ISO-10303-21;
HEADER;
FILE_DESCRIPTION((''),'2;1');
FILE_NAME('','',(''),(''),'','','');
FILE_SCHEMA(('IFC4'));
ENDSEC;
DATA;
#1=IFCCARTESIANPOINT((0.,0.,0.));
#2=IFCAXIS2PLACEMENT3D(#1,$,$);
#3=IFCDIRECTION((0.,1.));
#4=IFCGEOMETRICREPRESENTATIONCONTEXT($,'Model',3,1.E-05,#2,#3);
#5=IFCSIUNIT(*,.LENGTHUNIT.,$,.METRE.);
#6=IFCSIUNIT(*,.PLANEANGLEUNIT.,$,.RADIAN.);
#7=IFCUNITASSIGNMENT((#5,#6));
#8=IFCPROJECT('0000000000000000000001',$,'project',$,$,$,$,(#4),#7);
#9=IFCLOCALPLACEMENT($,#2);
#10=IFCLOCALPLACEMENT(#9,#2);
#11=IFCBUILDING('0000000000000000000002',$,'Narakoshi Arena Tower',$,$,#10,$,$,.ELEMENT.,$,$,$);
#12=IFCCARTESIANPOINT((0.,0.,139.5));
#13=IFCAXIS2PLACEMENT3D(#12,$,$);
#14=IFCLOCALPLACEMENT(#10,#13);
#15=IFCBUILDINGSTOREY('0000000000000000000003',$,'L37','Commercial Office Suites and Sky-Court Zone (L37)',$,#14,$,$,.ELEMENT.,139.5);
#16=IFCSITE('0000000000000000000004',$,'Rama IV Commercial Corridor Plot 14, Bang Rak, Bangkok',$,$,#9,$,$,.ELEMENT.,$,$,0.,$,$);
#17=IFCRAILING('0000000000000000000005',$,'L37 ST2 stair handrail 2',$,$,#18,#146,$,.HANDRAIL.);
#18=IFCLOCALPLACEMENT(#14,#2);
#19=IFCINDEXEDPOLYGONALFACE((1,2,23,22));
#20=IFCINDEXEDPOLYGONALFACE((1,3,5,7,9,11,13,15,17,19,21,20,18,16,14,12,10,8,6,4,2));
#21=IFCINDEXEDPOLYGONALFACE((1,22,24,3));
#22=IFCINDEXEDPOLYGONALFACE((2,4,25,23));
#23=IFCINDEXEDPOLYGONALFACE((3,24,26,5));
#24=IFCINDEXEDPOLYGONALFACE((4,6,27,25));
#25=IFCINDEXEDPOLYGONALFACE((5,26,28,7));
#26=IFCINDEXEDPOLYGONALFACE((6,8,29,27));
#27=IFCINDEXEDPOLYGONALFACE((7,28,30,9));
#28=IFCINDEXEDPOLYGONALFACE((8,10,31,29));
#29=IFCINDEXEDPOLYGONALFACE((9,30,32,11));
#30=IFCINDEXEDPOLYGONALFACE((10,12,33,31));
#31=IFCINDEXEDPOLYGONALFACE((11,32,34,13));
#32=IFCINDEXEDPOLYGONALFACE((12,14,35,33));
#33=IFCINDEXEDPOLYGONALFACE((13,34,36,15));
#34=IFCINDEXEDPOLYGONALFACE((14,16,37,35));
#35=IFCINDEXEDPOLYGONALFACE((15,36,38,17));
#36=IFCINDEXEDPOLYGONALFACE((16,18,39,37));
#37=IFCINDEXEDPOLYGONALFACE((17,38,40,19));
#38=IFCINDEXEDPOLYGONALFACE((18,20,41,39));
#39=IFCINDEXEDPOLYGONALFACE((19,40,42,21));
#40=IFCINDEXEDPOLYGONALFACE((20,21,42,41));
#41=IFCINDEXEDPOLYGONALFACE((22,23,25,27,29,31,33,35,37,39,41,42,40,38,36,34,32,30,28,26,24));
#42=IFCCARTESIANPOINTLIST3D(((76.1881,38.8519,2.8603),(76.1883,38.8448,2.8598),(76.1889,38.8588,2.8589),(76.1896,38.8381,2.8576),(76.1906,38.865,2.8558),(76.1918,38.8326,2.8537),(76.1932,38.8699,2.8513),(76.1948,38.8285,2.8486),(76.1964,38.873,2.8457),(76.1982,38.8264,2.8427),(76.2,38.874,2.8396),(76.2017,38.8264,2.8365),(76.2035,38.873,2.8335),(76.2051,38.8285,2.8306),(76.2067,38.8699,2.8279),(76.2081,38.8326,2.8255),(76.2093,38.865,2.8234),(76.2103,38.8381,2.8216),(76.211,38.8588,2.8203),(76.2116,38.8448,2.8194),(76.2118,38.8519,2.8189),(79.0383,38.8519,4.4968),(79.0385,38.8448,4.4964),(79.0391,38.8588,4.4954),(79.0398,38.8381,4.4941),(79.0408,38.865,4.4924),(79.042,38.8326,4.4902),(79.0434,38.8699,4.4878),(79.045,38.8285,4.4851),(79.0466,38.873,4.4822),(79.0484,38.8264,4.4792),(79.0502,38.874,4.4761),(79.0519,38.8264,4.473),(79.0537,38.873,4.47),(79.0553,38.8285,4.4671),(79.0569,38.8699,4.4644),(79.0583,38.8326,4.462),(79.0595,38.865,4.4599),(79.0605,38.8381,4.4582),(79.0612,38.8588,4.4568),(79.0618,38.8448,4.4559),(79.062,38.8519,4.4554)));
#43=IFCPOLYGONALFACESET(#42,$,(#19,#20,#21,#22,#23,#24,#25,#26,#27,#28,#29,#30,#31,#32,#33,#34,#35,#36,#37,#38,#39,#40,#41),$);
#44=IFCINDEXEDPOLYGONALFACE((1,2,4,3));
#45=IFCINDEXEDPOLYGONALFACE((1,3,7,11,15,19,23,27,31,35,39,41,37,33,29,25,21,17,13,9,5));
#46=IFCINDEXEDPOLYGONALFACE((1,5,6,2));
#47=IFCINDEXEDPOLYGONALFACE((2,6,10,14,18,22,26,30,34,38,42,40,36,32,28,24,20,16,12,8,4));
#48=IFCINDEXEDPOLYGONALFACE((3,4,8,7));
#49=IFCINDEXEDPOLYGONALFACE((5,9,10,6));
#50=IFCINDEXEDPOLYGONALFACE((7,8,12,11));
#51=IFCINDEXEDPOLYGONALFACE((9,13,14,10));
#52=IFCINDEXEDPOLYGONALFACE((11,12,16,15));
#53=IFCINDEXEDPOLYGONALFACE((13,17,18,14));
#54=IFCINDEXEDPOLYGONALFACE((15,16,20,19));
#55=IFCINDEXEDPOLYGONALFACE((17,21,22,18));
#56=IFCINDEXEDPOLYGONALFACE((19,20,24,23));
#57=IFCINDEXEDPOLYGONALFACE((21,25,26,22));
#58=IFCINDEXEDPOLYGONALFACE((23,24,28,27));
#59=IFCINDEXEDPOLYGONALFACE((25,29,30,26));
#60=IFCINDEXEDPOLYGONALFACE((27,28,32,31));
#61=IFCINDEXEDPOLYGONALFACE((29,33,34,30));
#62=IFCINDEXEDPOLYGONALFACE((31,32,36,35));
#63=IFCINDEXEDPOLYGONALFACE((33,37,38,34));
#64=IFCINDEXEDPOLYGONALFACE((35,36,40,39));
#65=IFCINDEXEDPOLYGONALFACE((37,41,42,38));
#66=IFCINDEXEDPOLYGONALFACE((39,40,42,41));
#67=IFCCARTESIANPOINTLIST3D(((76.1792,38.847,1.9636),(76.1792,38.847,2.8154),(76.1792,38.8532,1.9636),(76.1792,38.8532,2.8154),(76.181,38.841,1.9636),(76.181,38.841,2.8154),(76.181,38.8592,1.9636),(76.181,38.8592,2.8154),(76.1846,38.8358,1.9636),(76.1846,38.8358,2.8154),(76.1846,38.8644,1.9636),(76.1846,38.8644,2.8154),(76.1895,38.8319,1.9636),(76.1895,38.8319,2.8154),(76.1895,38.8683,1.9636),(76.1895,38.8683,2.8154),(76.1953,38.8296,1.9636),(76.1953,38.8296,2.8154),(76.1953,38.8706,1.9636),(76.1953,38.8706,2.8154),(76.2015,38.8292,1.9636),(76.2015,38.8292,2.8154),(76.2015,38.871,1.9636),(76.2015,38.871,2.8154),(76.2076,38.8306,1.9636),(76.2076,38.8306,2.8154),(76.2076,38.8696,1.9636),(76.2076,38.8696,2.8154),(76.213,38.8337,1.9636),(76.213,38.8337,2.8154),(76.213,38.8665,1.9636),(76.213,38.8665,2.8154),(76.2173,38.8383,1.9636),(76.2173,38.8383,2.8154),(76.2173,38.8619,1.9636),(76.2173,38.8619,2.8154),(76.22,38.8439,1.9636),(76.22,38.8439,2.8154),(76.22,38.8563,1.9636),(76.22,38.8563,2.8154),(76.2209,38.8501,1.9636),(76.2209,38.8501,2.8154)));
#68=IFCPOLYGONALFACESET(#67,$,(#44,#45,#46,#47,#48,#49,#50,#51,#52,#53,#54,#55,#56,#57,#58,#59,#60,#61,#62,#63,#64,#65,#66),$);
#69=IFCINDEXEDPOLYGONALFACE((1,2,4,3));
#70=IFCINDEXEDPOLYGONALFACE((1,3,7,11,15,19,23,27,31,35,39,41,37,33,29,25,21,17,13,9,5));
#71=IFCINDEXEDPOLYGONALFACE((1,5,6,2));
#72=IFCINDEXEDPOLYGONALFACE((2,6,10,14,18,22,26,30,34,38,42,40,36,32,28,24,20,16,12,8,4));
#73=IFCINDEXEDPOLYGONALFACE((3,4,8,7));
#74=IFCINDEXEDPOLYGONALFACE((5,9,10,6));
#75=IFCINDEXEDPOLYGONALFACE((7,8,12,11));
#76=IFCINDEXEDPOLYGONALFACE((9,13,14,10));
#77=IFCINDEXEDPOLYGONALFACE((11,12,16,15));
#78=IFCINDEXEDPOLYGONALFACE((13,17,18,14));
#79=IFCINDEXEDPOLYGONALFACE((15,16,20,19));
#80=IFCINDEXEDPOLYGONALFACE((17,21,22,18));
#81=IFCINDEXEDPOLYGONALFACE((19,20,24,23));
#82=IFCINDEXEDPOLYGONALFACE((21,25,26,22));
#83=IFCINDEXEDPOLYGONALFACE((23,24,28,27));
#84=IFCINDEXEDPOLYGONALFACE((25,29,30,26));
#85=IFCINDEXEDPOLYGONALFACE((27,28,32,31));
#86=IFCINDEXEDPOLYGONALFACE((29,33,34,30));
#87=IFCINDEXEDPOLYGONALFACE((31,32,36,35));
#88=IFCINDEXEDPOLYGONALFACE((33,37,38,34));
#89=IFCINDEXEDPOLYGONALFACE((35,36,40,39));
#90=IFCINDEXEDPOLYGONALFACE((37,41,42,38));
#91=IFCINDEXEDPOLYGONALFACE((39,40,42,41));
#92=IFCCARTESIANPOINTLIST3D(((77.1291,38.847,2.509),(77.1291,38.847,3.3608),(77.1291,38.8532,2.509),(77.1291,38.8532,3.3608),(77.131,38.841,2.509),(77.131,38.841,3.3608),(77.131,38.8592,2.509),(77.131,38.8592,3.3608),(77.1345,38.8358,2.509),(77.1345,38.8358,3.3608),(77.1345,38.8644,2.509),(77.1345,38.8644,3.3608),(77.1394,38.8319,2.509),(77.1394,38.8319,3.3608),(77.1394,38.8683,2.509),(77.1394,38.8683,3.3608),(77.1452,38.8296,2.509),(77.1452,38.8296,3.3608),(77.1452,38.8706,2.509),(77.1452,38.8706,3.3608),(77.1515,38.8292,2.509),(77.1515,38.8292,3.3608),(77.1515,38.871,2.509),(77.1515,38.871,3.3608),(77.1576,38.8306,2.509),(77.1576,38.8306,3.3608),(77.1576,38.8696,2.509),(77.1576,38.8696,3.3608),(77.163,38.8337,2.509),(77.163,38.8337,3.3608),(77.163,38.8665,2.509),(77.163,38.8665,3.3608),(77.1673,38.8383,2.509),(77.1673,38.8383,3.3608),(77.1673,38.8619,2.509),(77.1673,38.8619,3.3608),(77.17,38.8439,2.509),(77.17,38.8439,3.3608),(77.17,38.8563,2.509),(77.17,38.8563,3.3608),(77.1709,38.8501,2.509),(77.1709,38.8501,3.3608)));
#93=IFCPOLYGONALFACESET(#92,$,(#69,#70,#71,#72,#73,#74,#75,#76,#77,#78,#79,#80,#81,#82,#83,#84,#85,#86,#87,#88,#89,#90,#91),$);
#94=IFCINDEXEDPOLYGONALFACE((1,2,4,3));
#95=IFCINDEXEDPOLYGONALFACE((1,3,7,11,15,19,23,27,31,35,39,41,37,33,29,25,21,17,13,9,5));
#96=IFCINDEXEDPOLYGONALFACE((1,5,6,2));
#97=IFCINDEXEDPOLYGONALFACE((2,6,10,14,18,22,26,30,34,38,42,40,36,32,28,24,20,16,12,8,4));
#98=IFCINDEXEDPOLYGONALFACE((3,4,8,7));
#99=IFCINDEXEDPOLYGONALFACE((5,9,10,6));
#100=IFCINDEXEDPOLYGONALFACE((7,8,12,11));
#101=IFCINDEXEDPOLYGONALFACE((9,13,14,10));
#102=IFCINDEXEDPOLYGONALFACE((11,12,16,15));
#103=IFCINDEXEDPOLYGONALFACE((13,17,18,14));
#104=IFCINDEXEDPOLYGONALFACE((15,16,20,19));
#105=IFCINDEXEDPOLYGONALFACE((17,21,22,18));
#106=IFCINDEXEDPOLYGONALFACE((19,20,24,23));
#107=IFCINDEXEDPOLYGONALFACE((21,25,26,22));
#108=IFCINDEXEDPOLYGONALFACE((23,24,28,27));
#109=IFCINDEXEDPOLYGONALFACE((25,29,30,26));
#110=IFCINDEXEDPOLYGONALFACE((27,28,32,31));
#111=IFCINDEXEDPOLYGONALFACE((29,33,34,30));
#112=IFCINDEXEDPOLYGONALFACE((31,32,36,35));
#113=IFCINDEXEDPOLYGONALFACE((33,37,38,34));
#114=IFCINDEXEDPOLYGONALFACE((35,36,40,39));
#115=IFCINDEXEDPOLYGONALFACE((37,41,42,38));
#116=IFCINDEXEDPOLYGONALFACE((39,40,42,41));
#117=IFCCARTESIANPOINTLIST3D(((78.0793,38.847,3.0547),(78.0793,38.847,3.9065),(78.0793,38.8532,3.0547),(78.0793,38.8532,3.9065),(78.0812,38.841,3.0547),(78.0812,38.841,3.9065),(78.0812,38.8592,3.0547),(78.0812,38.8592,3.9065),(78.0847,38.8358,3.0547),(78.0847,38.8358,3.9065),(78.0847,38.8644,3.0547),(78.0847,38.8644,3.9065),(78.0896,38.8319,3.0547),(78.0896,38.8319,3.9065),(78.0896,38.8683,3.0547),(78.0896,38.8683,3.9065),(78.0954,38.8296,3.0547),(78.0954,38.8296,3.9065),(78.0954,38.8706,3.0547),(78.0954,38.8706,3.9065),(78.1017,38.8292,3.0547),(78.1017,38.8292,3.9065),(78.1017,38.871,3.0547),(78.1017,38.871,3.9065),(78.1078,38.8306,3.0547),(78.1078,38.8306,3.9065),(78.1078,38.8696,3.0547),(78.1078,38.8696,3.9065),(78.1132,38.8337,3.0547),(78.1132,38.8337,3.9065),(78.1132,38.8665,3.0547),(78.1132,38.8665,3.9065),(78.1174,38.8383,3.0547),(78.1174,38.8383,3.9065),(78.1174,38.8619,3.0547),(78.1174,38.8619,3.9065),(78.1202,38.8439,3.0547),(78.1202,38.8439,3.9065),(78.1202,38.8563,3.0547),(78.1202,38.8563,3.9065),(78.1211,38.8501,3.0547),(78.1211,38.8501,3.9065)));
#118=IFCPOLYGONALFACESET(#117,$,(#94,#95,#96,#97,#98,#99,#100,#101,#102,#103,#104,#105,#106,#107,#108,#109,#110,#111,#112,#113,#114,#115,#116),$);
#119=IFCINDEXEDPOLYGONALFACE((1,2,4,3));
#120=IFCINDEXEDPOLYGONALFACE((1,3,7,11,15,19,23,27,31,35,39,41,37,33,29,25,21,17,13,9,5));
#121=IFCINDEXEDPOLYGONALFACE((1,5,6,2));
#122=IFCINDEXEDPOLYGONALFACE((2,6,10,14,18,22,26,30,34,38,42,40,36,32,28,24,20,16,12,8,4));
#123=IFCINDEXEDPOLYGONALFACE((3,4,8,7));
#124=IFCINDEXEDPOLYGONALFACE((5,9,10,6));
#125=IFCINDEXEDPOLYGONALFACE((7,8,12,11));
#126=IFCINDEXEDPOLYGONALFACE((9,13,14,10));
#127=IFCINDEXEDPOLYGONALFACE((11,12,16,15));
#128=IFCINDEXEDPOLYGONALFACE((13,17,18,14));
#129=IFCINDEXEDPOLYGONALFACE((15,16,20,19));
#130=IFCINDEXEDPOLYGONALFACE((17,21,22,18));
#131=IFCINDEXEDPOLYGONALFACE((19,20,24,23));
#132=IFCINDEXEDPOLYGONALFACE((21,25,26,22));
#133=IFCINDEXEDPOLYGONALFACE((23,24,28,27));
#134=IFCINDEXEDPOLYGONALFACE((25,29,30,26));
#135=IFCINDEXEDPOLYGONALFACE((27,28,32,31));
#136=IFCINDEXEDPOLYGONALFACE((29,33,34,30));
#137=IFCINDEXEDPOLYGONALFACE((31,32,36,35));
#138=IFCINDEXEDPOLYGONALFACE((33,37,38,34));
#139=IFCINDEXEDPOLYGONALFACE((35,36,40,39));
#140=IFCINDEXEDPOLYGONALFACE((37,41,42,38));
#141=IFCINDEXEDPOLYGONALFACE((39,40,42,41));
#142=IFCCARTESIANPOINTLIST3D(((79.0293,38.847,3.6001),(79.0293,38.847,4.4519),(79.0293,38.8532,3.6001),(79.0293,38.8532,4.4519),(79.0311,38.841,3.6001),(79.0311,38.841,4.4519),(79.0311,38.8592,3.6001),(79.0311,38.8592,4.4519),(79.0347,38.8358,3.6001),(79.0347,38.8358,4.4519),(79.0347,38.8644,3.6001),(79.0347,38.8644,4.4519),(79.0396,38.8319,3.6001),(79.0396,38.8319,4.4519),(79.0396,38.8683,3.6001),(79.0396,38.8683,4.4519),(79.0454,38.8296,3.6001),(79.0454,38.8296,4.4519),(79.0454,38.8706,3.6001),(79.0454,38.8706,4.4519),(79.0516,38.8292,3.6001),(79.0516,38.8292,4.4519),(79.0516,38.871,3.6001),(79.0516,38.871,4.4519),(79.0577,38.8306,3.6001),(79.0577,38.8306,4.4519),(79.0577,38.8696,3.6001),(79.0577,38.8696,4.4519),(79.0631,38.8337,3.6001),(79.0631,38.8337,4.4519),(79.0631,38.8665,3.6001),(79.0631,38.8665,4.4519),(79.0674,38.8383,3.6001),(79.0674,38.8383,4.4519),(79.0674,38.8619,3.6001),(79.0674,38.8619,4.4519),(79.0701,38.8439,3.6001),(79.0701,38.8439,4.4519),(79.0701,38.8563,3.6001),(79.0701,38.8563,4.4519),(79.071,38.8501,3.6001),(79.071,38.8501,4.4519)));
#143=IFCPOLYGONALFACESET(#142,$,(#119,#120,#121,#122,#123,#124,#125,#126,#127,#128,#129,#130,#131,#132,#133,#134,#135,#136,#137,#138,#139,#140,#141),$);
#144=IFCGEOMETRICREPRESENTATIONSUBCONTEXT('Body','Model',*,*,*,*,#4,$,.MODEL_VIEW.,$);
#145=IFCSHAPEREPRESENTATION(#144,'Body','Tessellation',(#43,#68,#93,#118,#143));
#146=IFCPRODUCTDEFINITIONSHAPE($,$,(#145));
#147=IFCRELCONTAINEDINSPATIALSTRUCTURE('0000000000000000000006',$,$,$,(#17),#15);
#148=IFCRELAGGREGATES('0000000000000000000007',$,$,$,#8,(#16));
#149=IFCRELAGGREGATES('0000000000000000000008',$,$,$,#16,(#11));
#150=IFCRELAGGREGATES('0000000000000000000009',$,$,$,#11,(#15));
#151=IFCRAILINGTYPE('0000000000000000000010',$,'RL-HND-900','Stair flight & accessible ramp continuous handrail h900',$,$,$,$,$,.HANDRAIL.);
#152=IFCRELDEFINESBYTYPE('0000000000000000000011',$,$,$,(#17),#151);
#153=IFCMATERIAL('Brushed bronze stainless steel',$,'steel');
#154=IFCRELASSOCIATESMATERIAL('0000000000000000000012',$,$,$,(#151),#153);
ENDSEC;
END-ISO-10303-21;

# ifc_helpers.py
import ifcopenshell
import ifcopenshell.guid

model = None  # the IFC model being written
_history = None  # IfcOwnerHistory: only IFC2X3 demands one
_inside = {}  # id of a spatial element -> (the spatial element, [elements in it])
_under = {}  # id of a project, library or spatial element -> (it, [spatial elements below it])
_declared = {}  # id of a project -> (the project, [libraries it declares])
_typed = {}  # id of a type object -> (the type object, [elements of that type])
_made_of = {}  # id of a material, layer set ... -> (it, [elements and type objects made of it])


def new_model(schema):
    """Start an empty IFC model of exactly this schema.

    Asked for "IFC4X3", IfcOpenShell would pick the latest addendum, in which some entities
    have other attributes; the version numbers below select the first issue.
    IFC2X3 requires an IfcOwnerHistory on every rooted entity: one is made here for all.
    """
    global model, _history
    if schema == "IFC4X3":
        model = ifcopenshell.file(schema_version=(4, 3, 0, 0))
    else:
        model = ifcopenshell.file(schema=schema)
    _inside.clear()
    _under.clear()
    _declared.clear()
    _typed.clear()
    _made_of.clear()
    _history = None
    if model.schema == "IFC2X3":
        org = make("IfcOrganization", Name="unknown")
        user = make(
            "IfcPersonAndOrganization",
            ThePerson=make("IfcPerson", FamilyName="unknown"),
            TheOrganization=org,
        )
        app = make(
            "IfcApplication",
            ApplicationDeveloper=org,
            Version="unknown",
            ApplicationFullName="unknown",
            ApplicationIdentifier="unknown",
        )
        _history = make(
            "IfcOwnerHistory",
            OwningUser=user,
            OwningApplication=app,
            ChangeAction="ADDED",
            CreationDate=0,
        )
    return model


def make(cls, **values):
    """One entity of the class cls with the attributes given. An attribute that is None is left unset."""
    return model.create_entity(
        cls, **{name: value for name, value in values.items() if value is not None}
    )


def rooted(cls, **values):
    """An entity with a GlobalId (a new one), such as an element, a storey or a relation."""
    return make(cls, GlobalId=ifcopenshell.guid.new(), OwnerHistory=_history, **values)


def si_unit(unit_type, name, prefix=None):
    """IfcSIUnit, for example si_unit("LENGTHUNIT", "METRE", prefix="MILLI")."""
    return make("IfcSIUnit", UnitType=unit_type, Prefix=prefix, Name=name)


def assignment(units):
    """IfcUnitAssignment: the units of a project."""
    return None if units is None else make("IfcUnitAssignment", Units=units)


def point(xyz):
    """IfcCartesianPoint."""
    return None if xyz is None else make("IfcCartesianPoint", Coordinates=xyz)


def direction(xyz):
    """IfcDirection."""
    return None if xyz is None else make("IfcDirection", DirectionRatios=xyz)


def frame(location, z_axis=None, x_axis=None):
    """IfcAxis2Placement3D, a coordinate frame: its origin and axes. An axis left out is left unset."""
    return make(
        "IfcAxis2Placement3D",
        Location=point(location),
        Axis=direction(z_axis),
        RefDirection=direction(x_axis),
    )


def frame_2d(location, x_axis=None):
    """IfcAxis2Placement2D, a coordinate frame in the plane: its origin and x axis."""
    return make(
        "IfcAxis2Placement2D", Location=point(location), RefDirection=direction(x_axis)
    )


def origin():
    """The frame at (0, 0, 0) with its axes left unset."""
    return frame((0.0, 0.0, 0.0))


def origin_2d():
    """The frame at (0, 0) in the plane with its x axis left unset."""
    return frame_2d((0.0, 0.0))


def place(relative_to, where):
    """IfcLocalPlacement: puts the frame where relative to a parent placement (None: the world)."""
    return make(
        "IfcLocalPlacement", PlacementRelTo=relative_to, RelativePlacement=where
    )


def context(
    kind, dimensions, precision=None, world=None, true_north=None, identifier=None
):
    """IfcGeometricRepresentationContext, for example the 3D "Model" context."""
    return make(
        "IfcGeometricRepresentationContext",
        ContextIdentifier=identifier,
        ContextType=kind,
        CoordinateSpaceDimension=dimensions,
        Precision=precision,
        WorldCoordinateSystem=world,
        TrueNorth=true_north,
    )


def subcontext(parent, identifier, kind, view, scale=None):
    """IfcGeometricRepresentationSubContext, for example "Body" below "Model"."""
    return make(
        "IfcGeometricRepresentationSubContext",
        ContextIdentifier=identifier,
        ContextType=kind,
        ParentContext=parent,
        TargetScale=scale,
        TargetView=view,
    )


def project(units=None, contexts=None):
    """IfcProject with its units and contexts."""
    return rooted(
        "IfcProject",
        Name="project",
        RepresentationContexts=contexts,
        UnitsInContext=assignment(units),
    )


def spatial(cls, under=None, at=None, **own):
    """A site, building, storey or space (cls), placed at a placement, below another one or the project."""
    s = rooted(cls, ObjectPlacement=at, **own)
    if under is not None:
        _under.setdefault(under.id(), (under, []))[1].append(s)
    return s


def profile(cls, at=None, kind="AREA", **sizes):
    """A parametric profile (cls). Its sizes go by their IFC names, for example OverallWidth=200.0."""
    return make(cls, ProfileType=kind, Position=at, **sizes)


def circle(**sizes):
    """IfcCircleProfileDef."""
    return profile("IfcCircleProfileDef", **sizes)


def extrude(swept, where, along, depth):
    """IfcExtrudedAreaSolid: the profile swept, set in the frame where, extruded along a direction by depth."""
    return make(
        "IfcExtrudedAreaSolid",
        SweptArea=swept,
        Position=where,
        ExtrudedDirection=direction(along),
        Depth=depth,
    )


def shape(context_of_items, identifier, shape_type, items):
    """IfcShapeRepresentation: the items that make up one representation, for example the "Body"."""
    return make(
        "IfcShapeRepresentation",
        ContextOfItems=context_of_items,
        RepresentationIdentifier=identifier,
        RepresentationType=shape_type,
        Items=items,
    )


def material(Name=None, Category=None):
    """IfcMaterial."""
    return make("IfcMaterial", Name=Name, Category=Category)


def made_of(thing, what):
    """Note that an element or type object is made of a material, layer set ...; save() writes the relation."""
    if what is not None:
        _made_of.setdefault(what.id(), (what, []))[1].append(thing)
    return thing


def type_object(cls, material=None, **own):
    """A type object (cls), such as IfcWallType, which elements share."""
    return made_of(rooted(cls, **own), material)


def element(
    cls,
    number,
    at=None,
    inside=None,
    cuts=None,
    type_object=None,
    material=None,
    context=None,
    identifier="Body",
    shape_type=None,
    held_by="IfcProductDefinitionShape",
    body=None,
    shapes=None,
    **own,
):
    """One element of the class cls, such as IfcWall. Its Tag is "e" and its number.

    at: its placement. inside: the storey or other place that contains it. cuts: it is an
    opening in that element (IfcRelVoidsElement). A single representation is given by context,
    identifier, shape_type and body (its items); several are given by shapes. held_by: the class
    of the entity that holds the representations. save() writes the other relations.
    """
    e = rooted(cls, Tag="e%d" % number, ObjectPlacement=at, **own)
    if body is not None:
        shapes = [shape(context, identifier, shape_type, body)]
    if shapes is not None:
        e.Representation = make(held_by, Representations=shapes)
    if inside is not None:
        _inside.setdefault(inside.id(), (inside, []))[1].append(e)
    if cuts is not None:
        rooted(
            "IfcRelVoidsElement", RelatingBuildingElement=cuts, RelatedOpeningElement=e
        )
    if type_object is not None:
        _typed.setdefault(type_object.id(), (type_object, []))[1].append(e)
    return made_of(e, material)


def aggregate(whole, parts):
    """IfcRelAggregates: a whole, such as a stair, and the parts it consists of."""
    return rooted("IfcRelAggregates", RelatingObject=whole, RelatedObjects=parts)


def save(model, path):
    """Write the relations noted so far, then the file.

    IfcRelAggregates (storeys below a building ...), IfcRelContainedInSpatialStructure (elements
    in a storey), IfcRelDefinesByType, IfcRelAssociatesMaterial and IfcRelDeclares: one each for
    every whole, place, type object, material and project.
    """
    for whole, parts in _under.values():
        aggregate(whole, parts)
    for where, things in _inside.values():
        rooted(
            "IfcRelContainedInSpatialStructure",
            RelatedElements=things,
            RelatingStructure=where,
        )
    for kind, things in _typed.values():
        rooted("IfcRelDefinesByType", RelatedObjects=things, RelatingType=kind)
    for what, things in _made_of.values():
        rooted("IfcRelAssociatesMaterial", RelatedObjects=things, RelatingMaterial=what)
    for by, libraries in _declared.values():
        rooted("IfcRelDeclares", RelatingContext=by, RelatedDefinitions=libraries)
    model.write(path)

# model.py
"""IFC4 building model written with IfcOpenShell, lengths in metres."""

from ifc_helpers import new_model, si_unit, direction, frame, origin, origin_2d, place, context, subcontext, project, spatial, circle, extrude, material, type_object, element, save


model = new_model("IFC4")

# Units and contexts
model_context = context("Model", 3, precision=1e-05, world=origin(), true_north=direction((0.0, 1.0)))
body_context = subcontext(model_context, "Body", "Model", "MODEL_VIEW")
ifc_project = project(units=[si_unit("LENGTHUNIT", "METRE"), si_unit("PLANEANGLEUNIT", "RADIAN")], contexts=[model_context])

# Site, building, storey
site_placement = place(None, origin())
site = spatial("IfcSite", under=ifc_project, at=site_placement, Name="Rama IV Commercial Corridor Plot 14, Bang Rak, Bangkok", CompositionType="ELEMENT", RefElevation=0.0)
building_placement = place(site_placement, origin())
building = spatial("IfcBuilding", under=site, at=building_placement, Name="Narakoshi Arena Tower", CompositionType="ELEMENT")
storey_placement = place(building_placement, frame((0.0, 0.0, 139.5)))
storey = spatial("IfcBuildingStorey", under=building, at=storey_placement, Name="L37", Description="Commercial Office Suites and Sky-Court Zone (L37)", CompositionType="ELEMENT", Elevation=139.5)

# Shared definitions
ifc_material_1 = material(Name="Brushed bronze stainless steel", Category="steel")

# Railing
railing_type_1 = type_object("IfcRailingType", Name="RL-HND-900", Description="Stair flight & accessible ramp continuous handrail h900", PredefinedType="HANDRAIL", material=ifc_material_1)
railing_1_placement = place(storey_placement, frame((76.2, 38.8501, 1.9636)))
element("IfcRailing", 1, at=railing_1_placement, inside=storey, type_object=railing_type_1, Name="L37 ST2 stair handrail 2", PredefinedType="HANDRAIL", context=body_context, shape_type="SweptSolid", body=[
    extrude(circle(Radius=0.0239, at=origin_2d()), frame((0.0, 0.0, 0.876), z_axis=(0.867213, 0.0, 0.497938), x_axis=(0.0, 1.0, 0.0)), (0.0, 0.0, 1.0), 3.2866),
    extrude(circle(Radius=0.021, at=origin_2d()), origin(), (0.0, 0.0, 1.0), 0.8518),
    extrude(circle(Radius=0.021, at=origin_2d()), frame((0.95, 0.0, 0.5454)), (0.0, 0.0, 1.0), 0.8518),
    extrude(circle(Radius=0.021, at=origin_2d()), frame((1.9001, 0.0, 1.0911)), (0.0, 0.0, 1.0), 0.8518),
    extrude(circle(Radius=0.021, at=origin_2d()), frame((2.8501, 0.0, 1.6365)), (0.0, 0.0, 1.0), 0.8518),
])

save(model, "model.ifc")
